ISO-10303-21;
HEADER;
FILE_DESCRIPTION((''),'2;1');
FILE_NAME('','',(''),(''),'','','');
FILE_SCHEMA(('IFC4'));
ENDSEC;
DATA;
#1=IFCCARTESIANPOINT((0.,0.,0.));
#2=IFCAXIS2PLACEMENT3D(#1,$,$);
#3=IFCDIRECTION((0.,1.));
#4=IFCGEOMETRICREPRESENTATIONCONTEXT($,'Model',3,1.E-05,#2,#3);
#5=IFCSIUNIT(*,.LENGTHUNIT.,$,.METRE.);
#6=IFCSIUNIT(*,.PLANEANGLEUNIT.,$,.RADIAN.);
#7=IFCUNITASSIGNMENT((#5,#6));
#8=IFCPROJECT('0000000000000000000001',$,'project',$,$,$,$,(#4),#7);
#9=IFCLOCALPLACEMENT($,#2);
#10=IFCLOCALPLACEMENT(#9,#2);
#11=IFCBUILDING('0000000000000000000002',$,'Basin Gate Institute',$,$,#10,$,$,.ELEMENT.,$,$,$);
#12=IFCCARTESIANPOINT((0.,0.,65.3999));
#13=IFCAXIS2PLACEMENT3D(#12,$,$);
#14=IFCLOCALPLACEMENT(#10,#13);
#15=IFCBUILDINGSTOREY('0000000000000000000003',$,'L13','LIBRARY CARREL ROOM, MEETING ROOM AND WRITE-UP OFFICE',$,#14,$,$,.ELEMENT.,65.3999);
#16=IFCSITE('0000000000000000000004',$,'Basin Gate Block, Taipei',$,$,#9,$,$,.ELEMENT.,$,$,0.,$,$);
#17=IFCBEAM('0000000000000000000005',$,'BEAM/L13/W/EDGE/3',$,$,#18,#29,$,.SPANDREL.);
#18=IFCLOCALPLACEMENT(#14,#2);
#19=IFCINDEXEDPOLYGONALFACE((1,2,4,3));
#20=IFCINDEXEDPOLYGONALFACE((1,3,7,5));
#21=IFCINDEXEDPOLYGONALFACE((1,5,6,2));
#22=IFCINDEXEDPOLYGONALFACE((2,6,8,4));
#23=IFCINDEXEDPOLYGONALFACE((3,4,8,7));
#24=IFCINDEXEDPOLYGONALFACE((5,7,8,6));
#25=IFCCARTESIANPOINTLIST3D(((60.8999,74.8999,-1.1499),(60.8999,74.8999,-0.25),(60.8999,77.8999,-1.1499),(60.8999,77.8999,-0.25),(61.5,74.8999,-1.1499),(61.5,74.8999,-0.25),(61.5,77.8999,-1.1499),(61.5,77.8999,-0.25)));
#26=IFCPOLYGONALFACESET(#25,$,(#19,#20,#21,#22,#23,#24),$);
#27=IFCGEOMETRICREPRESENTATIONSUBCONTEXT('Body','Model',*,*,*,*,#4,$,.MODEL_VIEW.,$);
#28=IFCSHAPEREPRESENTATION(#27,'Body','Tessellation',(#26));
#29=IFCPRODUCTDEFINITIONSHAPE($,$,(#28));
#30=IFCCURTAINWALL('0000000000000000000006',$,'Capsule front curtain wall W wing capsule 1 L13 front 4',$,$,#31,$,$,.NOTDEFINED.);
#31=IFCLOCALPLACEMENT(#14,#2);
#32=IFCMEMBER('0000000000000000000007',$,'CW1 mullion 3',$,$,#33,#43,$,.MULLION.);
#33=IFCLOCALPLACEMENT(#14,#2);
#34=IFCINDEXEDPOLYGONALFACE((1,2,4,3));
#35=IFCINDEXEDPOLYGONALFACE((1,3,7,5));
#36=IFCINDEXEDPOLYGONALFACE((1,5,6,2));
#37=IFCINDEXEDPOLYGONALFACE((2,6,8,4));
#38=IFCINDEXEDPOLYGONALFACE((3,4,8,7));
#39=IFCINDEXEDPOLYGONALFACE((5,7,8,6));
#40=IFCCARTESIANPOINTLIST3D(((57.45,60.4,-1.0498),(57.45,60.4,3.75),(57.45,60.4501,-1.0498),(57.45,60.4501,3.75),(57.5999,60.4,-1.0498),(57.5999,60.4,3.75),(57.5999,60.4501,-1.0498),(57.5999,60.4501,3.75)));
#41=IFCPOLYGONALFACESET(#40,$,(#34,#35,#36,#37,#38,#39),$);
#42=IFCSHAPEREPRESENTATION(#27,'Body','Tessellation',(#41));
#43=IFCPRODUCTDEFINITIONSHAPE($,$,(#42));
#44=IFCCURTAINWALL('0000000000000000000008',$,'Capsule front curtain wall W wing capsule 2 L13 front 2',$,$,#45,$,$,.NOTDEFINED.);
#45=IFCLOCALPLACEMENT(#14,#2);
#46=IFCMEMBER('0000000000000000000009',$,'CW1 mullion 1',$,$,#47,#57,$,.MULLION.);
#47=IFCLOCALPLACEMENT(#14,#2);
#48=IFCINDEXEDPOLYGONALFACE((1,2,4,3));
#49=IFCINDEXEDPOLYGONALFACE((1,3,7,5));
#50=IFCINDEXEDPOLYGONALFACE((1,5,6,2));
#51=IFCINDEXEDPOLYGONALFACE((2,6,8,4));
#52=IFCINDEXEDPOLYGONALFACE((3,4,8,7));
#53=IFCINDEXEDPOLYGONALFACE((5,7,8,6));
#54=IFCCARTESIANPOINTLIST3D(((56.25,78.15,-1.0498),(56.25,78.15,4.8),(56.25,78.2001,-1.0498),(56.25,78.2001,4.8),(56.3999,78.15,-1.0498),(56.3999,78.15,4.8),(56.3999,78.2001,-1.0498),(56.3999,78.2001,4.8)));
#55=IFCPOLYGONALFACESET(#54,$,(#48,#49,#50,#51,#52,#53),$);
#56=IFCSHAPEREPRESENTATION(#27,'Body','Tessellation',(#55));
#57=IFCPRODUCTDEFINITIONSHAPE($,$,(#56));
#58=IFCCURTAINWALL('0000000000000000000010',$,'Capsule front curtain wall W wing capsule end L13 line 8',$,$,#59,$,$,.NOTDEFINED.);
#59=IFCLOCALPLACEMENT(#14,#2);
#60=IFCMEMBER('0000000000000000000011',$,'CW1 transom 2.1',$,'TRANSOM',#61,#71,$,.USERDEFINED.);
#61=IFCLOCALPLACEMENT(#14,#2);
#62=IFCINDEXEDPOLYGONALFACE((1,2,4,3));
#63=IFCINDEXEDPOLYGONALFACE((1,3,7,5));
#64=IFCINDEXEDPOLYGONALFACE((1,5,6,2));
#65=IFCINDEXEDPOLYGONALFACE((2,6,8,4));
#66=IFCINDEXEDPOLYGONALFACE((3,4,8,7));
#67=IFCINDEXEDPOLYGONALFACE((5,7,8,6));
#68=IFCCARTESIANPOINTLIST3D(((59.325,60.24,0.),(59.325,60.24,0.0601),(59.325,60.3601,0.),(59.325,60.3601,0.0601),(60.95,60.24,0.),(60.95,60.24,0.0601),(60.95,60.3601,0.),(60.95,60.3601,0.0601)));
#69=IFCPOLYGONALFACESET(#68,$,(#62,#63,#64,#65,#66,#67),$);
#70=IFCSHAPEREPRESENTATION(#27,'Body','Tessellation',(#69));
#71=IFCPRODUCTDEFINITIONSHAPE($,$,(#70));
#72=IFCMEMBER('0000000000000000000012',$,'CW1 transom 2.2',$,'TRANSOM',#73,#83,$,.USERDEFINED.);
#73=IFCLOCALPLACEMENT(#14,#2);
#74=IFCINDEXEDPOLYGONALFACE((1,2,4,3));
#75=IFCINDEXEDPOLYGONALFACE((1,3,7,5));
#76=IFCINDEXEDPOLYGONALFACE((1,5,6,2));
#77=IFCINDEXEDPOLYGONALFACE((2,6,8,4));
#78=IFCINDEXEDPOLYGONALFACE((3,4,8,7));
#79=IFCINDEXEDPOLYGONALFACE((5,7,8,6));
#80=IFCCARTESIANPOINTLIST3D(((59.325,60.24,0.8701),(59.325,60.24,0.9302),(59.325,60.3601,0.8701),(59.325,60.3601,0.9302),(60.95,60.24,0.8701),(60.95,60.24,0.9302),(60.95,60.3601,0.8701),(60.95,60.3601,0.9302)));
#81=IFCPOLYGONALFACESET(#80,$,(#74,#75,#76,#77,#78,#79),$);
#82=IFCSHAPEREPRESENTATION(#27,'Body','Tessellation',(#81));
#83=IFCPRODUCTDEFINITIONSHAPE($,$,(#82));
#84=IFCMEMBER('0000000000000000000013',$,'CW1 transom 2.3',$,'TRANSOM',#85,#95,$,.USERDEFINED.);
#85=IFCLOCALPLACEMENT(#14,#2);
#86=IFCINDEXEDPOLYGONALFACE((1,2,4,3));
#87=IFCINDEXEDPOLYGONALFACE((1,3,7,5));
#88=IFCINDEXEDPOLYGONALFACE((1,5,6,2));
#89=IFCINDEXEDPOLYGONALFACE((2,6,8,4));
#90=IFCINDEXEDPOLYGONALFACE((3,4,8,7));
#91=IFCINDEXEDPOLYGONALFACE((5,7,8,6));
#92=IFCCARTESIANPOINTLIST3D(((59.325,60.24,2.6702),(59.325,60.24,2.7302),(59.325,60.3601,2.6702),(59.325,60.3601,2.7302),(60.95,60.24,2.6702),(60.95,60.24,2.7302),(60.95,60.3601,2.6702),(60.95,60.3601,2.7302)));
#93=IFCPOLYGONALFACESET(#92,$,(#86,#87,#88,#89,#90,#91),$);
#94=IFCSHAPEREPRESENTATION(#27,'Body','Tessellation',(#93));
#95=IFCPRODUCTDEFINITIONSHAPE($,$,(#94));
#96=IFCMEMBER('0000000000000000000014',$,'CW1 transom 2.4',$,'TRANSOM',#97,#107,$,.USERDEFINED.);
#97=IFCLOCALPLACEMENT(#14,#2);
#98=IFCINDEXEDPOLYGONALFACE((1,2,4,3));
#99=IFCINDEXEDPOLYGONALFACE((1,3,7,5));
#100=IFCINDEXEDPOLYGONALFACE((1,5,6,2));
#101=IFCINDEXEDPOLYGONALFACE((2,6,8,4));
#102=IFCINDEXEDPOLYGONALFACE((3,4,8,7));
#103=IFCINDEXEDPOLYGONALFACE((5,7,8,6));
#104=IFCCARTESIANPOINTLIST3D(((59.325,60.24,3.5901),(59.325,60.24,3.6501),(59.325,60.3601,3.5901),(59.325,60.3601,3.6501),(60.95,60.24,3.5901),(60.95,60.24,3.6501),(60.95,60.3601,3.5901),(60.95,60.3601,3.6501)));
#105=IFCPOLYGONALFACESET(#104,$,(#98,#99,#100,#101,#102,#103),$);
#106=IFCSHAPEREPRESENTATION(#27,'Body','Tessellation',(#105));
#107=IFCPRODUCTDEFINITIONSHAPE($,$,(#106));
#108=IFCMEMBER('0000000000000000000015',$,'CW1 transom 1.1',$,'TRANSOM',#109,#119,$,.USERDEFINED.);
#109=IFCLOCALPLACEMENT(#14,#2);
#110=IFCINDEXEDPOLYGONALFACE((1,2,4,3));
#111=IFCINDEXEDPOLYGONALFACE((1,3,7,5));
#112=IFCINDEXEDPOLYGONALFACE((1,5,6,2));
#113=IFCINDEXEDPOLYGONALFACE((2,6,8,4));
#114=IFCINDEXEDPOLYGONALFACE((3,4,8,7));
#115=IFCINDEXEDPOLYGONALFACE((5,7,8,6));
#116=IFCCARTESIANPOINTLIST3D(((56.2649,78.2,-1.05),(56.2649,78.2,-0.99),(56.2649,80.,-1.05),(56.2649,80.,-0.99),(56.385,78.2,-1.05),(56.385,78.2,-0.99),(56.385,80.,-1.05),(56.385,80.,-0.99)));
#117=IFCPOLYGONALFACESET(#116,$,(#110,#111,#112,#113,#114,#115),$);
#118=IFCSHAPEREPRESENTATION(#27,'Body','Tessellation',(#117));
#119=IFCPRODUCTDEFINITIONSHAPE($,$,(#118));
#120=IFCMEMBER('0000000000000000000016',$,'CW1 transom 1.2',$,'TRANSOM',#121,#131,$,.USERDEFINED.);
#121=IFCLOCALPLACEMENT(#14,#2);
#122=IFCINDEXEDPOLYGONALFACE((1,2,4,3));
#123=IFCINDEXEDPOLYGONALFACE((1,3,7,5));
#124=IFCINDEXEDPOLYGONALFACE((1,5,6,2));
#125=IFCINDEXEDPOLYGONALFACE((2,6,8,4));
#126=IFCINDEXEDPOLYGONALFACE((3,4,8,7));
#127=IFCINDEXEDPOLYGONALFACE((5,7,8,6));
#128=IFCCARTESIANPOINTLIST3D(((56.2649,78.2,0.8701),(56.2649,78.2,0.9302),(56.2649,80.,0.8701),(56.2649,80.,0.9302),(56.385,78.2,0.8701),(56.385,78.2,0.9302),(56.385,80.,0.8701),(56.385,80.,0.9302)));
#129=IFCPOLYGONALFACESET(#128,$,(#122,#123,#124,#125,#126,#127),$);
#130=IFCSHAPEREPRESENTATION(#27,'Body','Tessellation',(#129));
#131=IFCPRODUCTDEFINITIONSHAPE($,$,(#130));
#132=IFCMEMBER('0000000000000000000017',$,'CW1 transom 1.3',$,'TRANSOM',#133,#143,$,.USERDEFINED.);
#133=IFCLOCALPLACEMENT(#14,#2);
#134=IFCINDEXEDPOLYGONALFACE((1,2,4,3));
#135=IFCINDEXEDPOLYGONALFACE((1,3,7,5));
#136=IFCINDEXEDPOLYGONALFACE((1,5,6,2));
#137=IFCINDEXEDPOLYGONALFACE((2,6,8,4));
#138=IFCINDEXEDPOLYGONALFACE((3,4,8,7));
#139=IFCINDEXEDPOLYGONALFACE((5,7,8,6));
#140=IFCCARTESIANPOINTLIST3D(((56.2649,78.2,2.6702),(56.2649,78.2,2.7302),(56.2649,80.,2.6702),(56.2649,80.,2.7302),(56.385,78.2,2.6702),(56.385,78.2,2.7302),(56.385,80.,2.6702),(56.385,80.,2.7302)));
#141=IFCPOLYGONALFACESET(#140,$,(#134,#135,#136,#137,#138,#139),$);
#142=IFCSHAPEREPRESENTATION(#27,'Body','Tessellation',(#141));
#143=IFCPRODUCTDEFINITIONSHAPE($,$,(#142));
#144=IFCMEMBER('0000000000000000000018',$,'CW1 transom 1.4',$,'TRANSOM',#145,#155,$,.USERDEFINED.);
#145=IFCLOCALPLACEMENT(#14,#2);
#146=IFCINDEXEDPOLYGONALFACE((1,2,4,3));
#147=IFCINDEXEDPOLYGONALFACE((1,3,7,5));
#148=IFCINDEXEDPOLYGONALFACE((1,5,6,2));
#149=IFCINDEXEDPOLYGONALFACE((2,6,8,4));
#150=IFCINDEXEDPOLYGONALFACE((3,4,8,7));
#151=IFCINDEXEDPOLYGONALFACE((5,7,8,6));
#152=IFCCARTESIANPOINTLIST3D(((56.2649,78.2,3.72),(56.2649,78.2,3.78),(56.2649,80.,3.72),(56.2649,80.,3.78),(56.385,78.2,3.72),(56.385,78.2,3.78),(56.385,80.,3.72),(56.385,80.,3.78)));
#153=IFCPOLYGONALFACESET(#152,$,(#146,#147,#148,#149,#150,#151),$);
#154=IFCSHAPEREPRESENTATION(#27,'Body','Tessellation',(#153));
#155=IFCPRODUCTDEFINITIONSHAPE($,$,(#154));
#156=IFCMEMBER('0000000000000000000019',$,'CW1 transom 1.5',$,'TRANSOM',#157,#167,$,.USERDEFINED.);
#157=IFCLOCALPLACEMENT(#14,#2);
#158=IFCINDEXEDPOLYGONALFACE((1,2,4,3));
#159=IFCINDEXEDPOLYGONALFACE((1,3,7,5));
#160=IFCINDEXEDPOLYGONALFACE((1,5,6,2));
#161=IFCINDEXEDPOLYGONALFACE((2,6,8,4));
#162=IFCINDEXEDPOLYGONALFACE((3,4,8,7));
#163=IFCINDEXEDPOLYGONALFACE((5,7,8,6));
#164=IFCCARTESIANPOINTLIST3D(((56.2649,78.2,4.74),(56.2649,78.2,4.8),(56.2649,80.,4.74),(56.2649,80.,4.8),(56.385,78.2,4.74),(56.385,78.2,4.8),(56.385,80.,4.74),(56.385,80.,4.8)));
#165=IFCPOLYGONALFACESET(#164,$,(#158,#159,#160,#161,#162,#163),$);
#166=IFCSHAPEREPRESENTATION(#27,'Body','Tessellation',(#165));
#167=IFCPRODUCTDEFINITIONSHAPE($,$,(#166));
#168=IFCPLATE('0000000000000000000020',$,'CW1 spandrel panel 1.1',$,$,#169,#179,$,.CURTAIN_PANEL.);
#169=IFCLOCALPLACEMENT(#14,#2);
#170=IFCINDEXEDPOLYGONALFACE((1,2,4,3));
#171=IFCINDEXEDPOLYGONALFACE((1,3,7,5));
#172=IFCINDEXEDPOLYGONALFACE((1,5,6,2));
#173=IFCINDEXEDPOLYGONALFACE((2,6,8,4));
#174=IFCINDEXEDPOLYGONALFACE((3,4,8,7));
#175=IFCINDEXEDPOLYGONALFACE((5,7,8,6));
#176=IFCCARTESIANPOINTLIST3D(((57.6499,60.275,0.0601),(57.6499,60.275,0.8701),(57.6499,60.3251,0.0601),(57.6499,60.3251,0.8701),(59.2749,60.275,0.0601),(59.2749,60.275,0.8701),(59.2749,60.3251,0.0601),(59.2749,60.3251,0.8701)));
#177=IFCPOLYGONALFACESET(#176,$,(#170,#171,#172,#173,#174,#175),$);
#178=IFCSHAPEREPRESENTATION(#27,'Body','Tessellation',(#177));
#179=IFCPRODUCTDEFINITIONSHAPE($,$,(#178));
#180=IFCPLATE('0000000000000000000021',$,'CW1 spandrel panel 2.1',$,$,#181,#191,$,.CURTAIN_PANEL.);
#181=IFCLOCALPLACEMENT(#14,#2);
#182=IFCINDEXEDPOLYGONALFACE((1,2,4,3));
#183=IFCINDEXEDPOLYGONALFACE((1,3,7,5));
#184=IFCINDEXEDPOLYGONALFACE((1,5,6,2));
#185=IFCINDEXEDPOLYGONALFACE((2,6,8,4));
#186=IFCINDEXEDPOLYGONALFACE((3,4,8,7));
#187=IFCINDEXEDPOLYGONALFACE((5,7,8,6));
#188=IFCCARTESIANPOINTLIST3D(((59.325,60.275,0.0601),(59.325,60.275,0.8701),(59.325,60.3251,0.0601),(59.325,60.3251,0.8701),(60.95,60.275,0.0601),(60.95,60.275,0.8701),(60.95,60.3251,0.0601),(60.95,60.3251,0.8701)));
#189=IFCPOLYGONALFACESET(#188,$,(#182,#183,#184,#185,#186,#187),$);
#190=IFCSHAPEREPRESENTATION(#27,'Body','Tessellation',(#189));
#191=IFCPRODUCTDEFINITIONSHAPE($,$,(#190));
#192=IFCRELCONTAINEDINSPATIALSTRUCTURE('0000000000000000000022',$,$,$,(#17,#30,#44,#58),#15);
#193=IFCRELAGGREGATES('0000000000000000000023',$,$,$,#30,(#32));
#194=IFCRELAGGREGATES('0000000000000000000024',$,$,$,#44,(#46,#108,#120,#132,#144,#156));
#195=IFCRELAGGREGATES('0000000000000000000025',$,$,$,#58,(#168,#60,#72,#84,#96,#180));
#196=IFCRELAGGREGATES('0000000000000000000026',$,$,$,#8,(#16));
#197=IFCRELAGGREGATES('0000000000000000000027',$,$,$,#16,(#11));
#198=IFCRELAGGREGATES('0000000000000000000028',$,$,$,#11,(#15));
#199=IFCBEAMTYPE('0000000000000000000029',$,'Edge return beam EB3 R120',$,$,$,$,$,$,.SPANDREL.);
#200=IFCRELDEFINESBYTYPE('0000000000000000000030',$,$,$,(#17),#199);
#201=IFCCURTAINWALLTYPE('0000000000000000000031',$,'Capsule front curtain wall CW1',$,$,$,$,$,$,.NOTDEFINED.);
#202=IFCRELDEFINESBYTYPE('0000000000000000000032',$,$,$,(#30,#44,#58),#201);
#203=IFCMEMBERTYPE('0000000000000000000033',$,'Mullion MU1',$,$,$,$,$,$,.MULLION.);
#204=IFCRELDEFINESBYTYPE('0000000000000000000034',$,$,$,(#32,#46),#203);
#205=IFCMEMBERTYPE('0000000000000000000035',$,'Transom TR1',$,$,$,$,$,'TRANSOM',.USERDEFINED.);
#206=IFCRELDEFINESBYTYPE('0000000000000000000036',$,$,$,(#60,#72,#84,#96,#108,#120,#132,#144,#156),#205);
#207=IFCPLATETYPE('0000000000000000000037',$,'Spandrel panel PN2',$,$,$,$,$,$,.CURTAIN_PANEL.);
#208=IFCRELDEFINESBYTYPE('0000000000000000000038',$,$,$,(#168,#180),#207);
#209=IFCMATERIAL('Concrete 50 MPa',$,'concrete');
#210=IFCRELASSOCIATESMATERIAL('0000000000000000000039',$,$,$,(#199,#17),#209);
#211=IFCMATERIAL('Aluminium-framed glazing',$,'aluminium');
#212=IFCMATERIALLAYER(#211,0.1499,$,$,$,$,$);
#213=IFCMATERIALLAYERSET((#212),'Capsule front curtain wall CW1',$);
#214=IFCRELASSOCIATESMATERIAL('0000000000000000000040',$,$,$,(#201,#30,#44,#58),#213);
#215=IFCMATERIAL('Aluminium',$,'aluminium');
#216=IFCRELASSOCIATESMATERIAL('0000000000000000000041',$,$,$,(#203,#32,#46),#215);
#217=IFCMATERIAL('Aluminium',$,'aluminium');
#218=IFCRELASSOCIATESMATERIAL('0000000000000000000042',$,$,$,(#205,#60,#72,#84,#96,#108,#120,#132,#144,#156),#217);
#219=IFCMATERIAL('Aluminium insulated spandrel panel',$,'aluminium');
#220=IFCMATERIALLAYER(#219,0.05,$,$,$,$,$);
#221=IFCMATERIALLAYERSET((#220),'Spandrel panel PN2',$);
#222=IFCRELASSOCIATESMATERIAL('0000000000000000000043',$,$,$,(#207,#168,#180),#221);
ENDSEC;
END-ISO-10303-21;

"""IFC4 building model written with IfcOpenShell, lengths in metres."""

from ifc_helpers import new_model, si_unit, direction, frame, origin, origin_2d, place, context, subcontext, project, spatial, rectangle, extrude, material, layer, layer_set, material_profile, profile_set, type_object, element, aggregate, save


model = new_model("IFC4")

# Units and contexts
model_context = context("Model", 3, precision=1e-05, world=origin(), true_north=direction((0.0, 1.0)))
body_context = subcontext(model_context, "Body", "Model", "MODEL_VIEW")
ifc_project = project(units=[si_unit("LENGTHUNIT", "METRE"), si_unit("PLANEANGLEUNIT", "RADIAN")], contexts=[model_context])

# Site, building, storey
site_placement = place(None, origin())
site = spatial("IfcSite", under=ifc_project, at=site_placement, Name="Basin Gate Block, Taipei", CompositionType="ELEMENT", RefElevation=0.0)
building_placement = place(site_placement, origin())
building = spatial("IfcBuilding", under=site, at=building_placement, Name="Basin Gate Institute", CompositionType="ELEMENT")
storey_placement = place(building_placement, frame((0.0, 0.0, 65.3999)))
storey = spatial("IfcBuildingStorey", under=building, at=storey_placement, Name="L13", Description="LIBRARY CARREL ROOM, MEETING ROOM AND WRITE-UP OFFICE", CompositionType="ELEMENT", Elevation=65.3999)

# Beam
ifc_material_1 = material(Name="Concrete 50 MPa", Category="concrete")
ifc_material_profile_1 = material_profile(ifc_material_1, rectangle(XDim=0.6001, YDim=0.8999, at=origin_2d()), Name="Edge return beam EB3 600 x 900")
ifc_profile_set_1 = profile_set([ifc_material_profile_1], Name="Concrete 50 MPa")
beam_type = type_object("IfcBeamType", Name="Edge return beam EB3 R120", PredefinedType="SPANDREL", material=ifc_profile_set_1)
beam_placement = place(storey_placement, frame((61.2, 74.8999, -0.7), z_axis=(0.0, 1.0, 0.0), x_axis=(-1.0, 0.0, 0.0)))
element("IfcBeam", 1, at=beam_placement, inside=storey, type_object=beam_type, material=ifc_profile_set_1, Name="BEAM/L13/W/EDGE/3", PredefinedType="SPANDREL", context=body_context, shape_type="SweptSolid", body=[
    extrude(rectangle(XDim=0.6001, YDim=0.8999, at=origin_2d()), origin(), (0.0, 0.0, 1.0), 3.0),
])

# Curtain walls, members
ifc_material_2 = material(Name="Aluminium-framed glazing", Category="aluminium")
ifc_layer_1 = layer(ifc_material_2, 0.1499)
ifc_layer_set_1 = layer_set([ifc_layer_1], Name="Capsule front curtain wall CW1")
curtain_wall_type = type_object("IfcCurtainWallType", Name="Capsule front curtain wall CW1", PredefinedType="NOTDEFINED", material=ifc_layer_set_1)
curtain_wall_1_placement = place(storey_placement, origin())
curtain_wall_1 = element("IfcCurtainWall", 2, at=curtain_wall_1_placement, inside=storey, type_object=curtain_wall_type, material=ifc_layer_set_1, Name="Capsule front curtain wall W wing capsule 1 L13 front 4", PredefinedType="NOTDEFINED")
ifc_material_3 = material(Name="Aluminium", Category="aluminium")
ifc_material_profile_2 = material_profile(ifc_material_3, rectangle(XDim=0.1499, YDim=0.05, at=origin_2d()), Name="Mullion MU1 150 x 50")
ifc_profile_set_2 = profile_set([ifc_material_profile_2], Name="Aluminium")
member_type_1 = type_object("IfcMemberType", Name="Mullion MU1", PredefinedType="MULLION", material=ifc_profile_set_2)
member_1_placement = place(storey_placement, frame((57.5249, 60.425, -1.0498), z_axis=(0.0, 0.0, 1.0), x_axis=(-1.0, 0.0, 0.0)))
member_1 = element("IfcMember", 3, at=member_1_placement, type_object=member_type_1, material=ifc_profile_set_2, Name="CW1 mullion 3", PredefinedType="MULLION", context=body_context, shape_type="SweptSolid", body=[
    extrude(rectangle(XDim=0.1499, YDim=0.05, at=origin_2d()), origin(), (0.0, 0.0, 1.0), 4.7998),
])
aggregate(curtain_wall_1, [member_1])
curtain_wall_2_placement = place(storey_placement, origin())
curtain_wall_2 = element("IfcCurtainWall", 4, at=curtain_wall_2_placement, inside=storey, type_object=curtain_wall_type, material=ifc_layer_set_1, Name="Capsule front curtain wall W wing capsule 2 L13 front 2", PredefinedType="NOTDEFINED")
member_2_placement = place(storey_placement, frame((56.325, 78.175, -1.0498), z_axis=(0.0, 0.0, 1.0), x_axis=(-1.0, 0.0, 0.0)))
member_2 = element("IfcMember", 5, at=member_2_placement, type_object=member_type_1, material=ifc_profile_set_2, Name="CW1 mullion 1", PredefinedType="MULLION", context=body_context, shape_type="SweptSolid", body=[
    extrude(rectangle(XDim=0.1499, YDim=0.05, at=origin_2d()), origin(), (0.0, 0.0, 1.0), 5.8499),
])

# Curtain wall, members
curtain_wall_3_placement = place(storey_placement, origin())
curtain_wall_3 = element("IfcCurtainWall", 6, at=curtain_wall_3_placement, inside=storey, type_object=curtain_wall_type, material=ifc_layer_set_1, Name="Capsule front curtain wall W wing capsule end L13 line 8", PredefinedType="NOTDEFINED")
ifc_material_4 = material(Name="Aluminium", Category="aluminium")
ifc_material_profile_3 = material_profile(ifc_material_4, rectangle(XDim=0.1201, YDim=0.0601, at=origin_2d()), Name="Transom TR1 120 x 60")
ifc_profile_set_3 = profile_set([ifc_material_profile_3], Name="Aluminium")
member_type_2 = type_object("IfcMemberType", Name="Transom TR1", ElementType="TRANSOM", PredefinedType="USERDEFINED", material=ifc_profile_set_3)
member_3_placement = place(storey_placement, frame((59.325, 60.3, 0.03), z_axis=(1.0, 0.0, 0.0), x_axis=(0.0, 1.0, 0.0)))
member_3 = element("IfcMember", 7, at=member_3_placement, type_object=member_type_2, material=ifc_profile_set_3, Name="CW1 transom 2.1", ObjectType="TRANSOM", PredefinedType="USERDEFINED", context=body_context, shape_type="SweptSolid", body=[
    extrude(rectangle(XDim=0.1201, YDim=0.0601, at=origin_2d()), origin(), (0.0, 0.0, 1.0), 1.625),
])
member_4_placement = place(storey_placement, frame((59.325, 60.3, 0.9001), z_axis=(1.0, 0.0, 0.0), x_axis=(0.0, 1.0, 0.0)))
member_4 = element("IfcMember", 8, at=member_4_placement, type_object=member_type_2, material=ifc_profile_set_3, Name="CW1 transom 2.2", ObjectType="TRANSOM", PredefinedType="USERDEFINED", context=body_context, shape_type="SweptSolid", body=[
    extrude(rectangle(XDim=0.1201, YDim=0.0601, at=origin_2d()), origin(), (0.0, 0.0, 1.0), 1.625),
])
member_5_placement = place(storey_placement, frame((59.325, 60.3, 2.7002), z_axis=(1.0, 0.0, 0.0), x_axis=(0.0, 1.0, 0.0)))
member_5 = element("IfcMember", 9, at=member_5_placement, type_object=member_type_2, material=ifc_profile_set_3, Name="CW1 transom 2.3", ObjectType="TRANSOM", PredefinedType="USERDEFINED", context=body_context, shape_type="SweptSolid", body=[
    extrude(rectangle(XDim=0.1201, YDim=0.0601, at=origin_2d()), origin(), (0.0, 0.0, 1.0), 1.625),
])
member_6_placement = place(storey_placement, frame((59.325, 60.3, 3.6201), z_axis=(1.0, 0.0, 0.0), x_axis=(0.0, 1.0, 0.0)))
member_6 = element("IfcMember", 10, at=member_6_placement, type_object=member_type_2, material=ifc_profile_set_3, Name="CW1 transom 2.4", ObjectType="TRANSOM", PredefinedType="USERDEFINED", context=body_context, shape_type="SweptSolid", body=[
    extrude(rectangle(XDim=0.1201, YDim=0.0601, at=origin_2d()), origin(), (0.0, 0.0, 1.0), 1.625),
])

# Members
member_7_placement = place(storey_placement, frame((56.325, 78.2, -1.02), z_axis=(0.0, 1.0, 0.0), x_axis=(-1.0, 0.0, 0.0)))
member_7 = element("IfcMember", 11, at=member_7_placement, type_object=member_type_2, material=ifc_profile_set_3, Name="CW1 transom 1.1", ObjectType="TRANSOM", PredefinedType="USERDEFINED", context=body_context, shape_type="SweptSolid", body=[
    extrude(rectangle(XDim=0.1201, YDim=0.0601, at=origin_2d()), origin(), (0.0, 0.0, 1.0), 1.8),
])
member_8_placement = place(storey_placement, frame((56.325, 78.2, 0.9001), z_axis=(0.0, 1.0, 0.0), x_axis=(-1.0, 0.0, 0.0)))
member_8 = element("IfcMember", 12, at=member_8_placement, type_object=member_type_2, material=ifc_profile_set_3, Name="CW1 transom 1.2", ObjectType="TRANSOM", PredefinedType="USERDEFINED", context=body_context, shape_type="SweptSolid", body=[
    extrude(rectangle(XDim=0.1201, YDim=0.0601, at=origin_2d()), origin(), (0.0, 0.0, 1.0), 1.8),
])
member_9_placement = place(storey_placement, frame((56.325, 78.2, 2.7002), z_axis=(0.0, 1.0, 0.0), x_axis=(-1.0, 0.0, 0.0)))
member_9 = element("IfcMember", 13, at=member_9_placement, type_object=member_type_2, material=ifc_profile_set_3, Name="CW1 transom 1.3", ObjectType="TRANSOM", PredefinedType="USERDEFINED", context=body_context, shape_type="SweptSolid", body=[
    extrude(rectangle(XDim=0.1201, YDim=0.0601, at=origin_2d()), origin(), (0.0, 0.0, 1.0), 1.8),
])
member_10_placement = place(storey_placement, frame((56.325, 78.2, 3.75), z_axis=(0.0, 1.0, 0.0), x_axis=(-1.0, 0.0, 0.0)))
member_10 = element("IfcMember", 14, at=member_10_placement, type_object=member_type_2, material=ifc_profile_set_3, Name="CW1 transom 1.4", ObjectType="TRANSOM", PredefinedType="USERDEFINED", context=body_context, shape_type="SweptSolid", body=[
    extrude(rectangle(XDim=0.1201, YDim=0.0601, at=origin_2d()), origin(), (0.0, 0.0, 1.0), 1.8),
])
member_11_placement = place(storey_placement, frame((56.325, 78.2, 4.77), z_axis=(0.0, 1.0, 0.0), x_axis=(-1.0, 0.0, 0.0)))
member_11 = element("IfcMember", 15, at=member_11_placement, type_object=member_type_2, material=ifc_profile_set_3, Name="CW1 transom 1.5", ObjectType="TRANSOM", PredefinedType="USERDEFINED", context=body_context, shape_type="SweptSolid", body=[
    extrude(rectangle(XDim=0.1201, YDim=0.0601, at=origin_2d()), origin(), (0.0, 0.0, 1.0), 1.8),
])
aggregate(curtain_wall_2, [member_2, member_7, member_8, member_9, member_10, member_11])

# Plates
ifc_material_5 = material(Name="Aluminium insulated spandrel panel", Category="aluminium")
ifc_layer_2 = layer(ifc_material_5, 0.05)
ifc_layer_set_2 = layer_set([ifc_layer_2], Name="Spandrel panel PN2")
plate_type_1 = type_object("IfcPlateType", Name="Spandrel panel PN2", PredefinedType="CURTAIN_PANEL", material=ifc_layer_set_2)
plate_1_placement = place(storey_placement, frame((58.4624, 60.3, 0.0601), z_axis=(0.0, 0.0, 1.0), x_axis=(1.0, 0.0, 0.0)))
plate_1 = element("IfcPlate", 16, at=plate_1_placement, type_object=plate_type_1, material=ifc_layer_set_2, Name="CW1 spandrel panel 1.1", PredefinedType="CURTAIN_PANEL", context=body_context, shape_type="SweptSolid", body=[
    extrude(rectangle(XDim=1.625, YDim=0.05, at=origin_2d()), origin(), (0.0, 0.0, 1.0), 0.8101),
])
plate_2_placement = place(storey_placement, frame((60.1375, 60.3, 0.0601), z_axis=(0.0, 0.0, 1.0), x_axis=(1.0, 0.0, 0.0)))
plate_2 = element("IfcPlate", 17, at=plate_2_placement, type_object=plate_type_1, material=ifc_layer_set_2, Name="CW1 spandrel panel 2.1", PredefinedType="CURTAIN_PANEL", context=body_context, shape_type="SweptSolid", body=[
    extrude(rectangle(XDim=1.625, YDim=0.05, at=origin_2d()), origin(), (0.0, 0.0, 1.0), 0.8101),
])
aggregate(curtain_wall_3, [plate_1, member_3, member_4, member_5, member_6, plate_2])

save(model, "model.ifc")
